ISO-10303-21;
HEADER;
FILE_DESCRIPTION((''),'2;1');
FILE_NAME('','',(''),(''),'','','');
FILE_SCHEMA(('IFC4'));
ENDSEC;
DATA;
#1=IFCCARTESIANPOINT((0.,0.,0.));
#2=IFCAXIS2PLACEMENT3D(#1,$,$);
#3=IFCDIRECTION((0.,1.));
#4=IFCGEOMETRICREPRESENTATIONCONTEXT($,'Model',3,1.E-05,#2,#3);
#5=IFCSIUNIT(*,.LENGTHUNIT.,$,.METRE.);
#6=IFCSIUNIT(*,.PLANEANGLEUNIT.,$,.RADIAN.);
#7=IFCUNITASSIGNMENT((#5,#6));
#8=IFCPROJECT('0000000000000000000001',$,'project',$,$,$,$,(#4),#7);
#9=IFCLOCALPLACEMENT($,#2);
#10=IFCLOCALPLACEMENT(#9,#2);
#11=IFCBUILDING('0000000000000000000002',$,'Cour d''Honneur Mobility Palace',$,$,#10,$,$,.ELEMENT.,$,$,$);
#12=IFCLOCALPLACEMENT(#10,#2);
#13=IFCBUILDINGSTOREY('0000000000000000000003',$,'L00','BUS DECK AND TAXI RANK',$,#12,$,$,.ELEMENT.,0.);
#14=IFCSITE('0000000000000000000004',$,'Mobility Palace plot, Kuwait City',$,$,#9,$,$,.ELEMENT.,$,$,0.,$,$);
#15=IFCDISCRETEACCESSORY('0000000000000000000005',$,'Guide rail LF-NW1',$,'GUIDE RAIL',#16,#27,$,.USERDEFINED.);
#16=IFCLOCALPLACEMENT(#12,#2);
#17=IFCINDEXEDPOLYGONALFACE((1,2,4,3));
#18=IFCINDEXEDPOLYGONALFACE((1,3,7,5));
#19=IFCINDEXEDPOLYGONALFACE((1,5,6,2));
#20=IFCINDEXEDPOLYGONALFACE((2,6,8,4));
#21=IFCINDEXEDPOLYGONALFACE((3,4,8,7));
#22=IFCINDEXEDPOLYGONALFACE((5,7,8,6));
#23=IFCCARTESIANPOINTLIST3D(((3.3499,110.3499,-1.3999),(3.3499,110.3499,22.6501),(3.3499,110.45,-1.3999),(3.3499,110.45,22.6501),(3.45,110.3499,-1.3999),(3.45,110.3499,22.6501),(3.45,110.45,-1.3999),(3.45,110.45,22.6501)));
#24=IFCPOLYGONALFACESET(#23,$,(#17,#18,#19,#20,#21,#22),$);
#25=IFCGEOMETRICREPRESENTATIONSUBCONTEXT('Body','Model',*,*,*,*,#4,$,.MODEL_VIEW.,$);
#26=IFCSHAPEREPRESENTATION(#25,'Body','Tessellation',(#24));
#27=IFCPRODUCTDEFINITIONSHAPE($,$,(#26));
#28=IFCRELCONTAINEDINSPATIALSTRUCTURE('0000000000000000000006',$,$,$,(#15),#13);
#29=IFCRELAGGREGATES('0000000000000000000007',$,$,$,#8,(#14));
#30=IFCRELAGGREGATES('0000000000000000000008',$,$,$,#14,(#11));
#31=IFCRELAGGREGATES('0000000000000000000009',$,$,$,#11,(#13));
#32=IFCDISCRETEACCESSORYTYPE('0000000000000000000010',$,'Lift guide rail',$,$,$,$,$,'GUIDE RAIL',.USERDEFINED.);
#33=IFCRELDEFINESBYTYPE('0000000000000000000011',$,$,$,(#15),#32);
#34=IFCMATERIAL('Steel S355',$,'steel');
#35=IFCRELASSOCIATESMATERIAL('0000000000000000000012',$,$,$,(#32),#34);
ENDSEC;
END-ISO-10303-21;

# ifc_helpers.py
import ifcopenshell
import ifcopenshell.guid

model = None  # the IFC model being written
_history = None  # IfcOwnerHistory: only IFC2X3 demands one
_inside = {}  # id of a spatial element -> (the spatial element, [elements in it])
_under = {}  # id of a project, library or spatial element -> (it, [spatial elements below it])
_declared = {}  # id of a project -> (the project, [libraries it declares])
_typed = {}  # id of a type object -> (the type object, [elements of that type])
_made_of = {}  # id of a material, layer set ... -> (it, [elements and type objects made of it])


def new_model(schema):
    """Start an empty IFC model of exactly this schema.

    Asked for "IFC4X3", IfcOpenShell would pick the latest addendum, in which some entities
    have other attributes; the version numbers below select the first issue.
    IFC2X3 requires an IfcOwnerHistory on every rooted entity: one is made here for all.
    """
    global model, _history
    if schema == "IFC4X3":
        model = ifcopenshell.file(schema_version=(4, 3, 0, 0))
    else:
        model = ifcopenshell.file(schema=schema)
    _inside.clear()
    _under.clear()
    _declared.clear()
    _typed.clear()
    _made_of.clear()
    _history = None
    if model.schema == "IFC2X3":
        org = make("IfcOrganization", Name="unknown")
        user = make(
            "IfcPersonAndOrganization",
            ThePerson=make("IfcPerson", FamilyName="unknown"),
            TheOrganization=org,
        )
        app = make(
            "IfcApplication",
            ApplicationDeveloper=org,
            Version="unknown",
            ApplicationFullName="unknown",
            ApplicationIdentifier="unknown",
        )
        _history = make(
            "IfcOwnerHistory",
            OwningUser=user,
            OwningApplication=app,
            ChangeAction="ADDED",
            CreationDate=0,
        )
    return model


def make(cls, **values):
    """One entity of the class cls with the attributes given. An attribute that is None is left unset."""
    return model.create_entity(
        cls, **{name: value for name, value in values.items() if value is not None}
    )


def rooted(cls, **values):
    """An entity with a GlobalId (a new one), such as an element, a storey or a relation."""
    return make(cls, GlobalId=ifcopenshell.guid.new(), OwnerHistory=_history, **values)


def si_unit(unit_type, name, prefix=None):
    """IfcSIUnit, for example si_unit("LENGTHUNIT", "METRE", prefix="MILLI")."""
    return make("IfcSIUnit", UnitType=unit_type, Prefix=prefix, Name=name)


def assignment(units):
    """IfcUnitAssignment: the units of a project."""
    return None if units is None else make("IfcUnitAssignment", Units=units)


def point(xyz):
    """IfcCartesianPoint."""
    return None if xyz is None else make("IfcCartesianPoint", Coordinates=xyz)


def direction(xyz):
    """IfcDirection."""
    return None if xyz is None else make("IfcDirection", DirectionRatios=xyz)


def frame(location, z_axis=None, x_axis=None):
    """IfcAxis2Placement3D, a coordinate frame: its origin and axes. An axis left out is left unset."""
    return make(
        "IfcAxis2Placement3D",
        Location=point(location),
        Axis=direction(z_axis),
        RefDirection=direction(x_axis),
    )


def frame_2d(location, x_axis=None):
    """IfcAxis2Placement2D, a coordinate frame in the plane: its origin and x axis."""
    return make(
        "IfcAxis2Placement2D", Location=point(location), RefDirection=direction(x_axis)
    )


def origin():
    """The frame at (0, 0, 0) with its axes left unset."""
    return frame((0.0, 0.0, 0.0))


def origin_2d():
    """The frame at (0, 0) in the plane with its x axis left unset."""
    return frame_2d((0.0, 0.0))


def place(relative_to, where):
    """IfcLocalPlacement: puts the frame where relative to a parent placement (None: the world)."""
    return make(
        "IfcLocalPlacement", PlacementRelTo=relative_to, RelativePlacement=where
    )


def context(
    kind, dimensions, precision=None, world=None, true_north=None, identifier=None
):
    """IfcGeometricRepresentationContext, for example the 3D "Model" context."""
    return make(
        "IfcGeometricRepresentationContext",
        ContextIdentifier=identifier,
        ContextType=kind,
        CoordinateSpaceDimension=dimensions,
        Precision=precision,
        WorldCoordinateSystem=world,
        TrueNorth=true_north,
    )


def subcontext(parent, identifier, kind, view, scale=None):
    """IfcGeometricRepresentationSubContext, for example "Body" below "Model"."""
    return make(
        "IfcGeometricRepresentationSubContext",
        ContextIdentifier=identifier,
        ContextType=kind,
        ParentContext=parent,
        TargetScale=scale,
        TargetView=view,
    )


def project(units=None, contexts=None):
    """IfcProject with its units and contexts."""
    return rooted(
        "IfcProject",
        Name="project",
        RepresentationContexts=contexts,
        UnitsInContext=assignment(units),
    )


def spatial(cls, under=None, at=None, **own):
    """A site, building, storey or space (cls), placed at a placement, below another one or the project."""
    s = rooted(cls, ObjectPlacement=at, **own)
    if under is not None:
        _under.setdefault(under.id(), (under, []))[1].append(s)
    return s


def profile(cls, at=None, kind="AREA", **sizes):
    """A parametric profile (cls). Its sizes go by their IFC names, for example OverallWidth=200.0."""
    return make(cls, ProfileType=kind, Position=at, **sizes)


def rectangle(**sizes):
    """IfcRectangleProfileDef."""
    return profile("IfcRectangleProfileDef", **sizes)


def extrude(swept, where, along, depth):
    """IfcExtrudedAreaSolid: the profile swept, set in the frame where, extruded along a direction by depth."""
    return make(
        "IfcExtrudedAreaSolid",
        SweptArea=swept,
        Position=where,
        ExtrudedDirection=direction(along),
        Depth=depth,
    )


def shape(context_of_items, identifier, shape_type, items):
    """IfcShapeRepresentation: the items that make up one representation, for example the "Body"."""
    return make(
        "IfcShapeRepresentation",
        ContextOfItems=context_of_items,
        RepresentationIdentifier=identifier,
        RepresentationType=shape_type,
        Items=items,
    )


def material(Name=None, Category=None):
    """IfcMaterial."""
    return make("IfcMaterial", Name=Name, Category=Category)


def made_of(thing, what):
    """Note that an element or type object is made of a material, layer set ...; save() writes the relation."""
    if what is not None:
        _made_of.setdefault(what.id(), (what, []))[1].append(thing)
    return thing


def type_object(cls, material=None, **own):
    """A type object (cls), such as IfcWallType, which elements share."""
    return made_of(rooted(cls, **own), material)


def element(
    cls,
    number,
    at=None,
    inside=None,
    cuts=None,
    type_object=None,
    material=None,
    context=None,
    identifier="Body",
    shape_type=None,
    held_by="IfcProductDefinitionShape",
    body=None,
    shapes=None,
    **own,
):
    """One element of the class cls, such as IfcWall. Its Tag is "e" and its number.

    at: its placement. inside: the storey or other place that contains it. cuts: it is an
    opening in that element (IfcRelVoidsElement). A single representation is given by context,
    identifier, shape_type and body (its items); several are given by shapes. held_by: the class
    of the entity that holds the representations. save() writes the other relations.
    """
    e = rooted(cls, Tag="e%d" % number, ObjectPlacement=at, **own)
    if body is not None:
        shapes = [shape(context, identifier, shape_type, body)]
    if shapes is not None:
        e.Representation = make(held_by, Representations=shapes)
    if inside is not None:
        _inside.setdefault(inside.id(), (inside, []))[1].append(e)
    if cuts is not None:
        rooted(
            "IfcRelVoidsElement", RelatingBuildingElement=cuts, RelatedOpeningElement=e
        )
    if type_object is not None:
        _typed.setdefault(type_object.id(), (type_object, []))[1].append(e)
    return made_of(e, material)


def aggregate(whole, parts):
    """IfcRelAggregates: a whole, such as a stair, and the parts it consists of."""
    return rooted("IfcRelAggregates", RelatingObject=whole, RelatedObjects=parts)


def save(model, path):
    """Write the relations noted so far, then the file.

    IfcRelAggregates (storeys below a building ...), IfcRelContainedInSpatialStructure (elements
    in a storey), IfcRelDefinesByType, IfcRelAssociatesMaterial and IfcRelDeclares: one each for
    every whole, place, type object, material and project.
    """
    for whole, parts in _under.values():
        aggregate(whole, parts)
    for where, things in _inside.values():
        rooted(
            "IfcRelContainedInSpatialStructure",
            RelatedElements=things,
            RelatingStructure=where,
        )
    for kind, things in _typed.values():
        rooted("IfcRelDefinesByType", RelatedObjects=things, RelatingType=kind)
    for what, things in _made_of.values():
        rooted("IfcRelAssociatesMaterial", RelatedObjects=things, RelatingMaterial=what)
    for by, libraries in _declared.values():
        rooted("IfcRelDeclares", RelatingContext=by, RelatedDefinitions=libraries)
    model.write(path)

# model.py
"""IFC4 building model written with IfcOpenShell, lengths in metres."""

from ifc_helpers import new_model, si_unit, direction, frame, origin, origin_2d, place, context, subcontext, project, spatial, rectangle, extrude, material, type_object, element, save


model = new_model("IFC4")

# Units and contexts
model_context = context("Model", 3, precision=1e-05, world=origin(), true_north=direction((0.0, 1.0)))
body_context = subcontext(model_context, "Body", "Model", "MODEL_VIEW")
ifc_project = project(units=[si_unit("LENGTHUNIT", "METRE"), si_unit("PLANEANGLEUNIT", "RADIAN")], contexts=[model_context])

# Site, building, storey
site_placement = place(None, origin())
site = spatial("IfcSite", under=ifc_project, at=site_placement, Name="Mobility Palace plot, Kuwait City", CompositionType="ELEMENT", RefElevation=0.0)
building_placement = place(site_placement, origin())
building = spatial("IfcBuilding", under=site, at=building_placement, Name="Cour d'Honneur Mobility Palace", CompositionType="ELEMENT")
storey_placement = place(building_placement, origin())
storey = spatial("IfcBuildingStorey", under=building, at=storey_placement, Name="L00", Description="BUS DECK AND TAXI RANK", CompositionType="ELEMENT", Elevation=0.0)

# Discrete accessory
ifc_material_1 = material(Name="Steel S355", Category="steel")
discrete_accessory_type = type_object("IfcDiscreteAccessoryType", Name="Lift guide rail", ElementType="GUIDE RAIL", PredefinedType="USERDEFINED", material=ifc_material_1)
for number, where, z_axis, x_axis, name in (
    (1, (3.3999, 110.3999, -1.3999), (0.0, 0.0, 1.0), (1.0, 0.0, 0.0), "Guide rail LF-NW1"),
):
    element("IfcDiscreteAccessory", number, at=place(storey_placement, frame(where, z_axis=z_axis, x_axis=x_axis)), inside=storey, type_object=discrete_accessory_type, Name=name, ObjectType="GUIDE RAIL", PredefinedType="USERDEFINED", context=body_context, shape_type="SweptSolid", body=[
        extrude(rectangle(XDim=0.1001, YDim=0.1001, at=origin_2d()), origin(), (0.0, 0.0, 1.0), 24.05),
    ])

save(model, "model.ifc")
